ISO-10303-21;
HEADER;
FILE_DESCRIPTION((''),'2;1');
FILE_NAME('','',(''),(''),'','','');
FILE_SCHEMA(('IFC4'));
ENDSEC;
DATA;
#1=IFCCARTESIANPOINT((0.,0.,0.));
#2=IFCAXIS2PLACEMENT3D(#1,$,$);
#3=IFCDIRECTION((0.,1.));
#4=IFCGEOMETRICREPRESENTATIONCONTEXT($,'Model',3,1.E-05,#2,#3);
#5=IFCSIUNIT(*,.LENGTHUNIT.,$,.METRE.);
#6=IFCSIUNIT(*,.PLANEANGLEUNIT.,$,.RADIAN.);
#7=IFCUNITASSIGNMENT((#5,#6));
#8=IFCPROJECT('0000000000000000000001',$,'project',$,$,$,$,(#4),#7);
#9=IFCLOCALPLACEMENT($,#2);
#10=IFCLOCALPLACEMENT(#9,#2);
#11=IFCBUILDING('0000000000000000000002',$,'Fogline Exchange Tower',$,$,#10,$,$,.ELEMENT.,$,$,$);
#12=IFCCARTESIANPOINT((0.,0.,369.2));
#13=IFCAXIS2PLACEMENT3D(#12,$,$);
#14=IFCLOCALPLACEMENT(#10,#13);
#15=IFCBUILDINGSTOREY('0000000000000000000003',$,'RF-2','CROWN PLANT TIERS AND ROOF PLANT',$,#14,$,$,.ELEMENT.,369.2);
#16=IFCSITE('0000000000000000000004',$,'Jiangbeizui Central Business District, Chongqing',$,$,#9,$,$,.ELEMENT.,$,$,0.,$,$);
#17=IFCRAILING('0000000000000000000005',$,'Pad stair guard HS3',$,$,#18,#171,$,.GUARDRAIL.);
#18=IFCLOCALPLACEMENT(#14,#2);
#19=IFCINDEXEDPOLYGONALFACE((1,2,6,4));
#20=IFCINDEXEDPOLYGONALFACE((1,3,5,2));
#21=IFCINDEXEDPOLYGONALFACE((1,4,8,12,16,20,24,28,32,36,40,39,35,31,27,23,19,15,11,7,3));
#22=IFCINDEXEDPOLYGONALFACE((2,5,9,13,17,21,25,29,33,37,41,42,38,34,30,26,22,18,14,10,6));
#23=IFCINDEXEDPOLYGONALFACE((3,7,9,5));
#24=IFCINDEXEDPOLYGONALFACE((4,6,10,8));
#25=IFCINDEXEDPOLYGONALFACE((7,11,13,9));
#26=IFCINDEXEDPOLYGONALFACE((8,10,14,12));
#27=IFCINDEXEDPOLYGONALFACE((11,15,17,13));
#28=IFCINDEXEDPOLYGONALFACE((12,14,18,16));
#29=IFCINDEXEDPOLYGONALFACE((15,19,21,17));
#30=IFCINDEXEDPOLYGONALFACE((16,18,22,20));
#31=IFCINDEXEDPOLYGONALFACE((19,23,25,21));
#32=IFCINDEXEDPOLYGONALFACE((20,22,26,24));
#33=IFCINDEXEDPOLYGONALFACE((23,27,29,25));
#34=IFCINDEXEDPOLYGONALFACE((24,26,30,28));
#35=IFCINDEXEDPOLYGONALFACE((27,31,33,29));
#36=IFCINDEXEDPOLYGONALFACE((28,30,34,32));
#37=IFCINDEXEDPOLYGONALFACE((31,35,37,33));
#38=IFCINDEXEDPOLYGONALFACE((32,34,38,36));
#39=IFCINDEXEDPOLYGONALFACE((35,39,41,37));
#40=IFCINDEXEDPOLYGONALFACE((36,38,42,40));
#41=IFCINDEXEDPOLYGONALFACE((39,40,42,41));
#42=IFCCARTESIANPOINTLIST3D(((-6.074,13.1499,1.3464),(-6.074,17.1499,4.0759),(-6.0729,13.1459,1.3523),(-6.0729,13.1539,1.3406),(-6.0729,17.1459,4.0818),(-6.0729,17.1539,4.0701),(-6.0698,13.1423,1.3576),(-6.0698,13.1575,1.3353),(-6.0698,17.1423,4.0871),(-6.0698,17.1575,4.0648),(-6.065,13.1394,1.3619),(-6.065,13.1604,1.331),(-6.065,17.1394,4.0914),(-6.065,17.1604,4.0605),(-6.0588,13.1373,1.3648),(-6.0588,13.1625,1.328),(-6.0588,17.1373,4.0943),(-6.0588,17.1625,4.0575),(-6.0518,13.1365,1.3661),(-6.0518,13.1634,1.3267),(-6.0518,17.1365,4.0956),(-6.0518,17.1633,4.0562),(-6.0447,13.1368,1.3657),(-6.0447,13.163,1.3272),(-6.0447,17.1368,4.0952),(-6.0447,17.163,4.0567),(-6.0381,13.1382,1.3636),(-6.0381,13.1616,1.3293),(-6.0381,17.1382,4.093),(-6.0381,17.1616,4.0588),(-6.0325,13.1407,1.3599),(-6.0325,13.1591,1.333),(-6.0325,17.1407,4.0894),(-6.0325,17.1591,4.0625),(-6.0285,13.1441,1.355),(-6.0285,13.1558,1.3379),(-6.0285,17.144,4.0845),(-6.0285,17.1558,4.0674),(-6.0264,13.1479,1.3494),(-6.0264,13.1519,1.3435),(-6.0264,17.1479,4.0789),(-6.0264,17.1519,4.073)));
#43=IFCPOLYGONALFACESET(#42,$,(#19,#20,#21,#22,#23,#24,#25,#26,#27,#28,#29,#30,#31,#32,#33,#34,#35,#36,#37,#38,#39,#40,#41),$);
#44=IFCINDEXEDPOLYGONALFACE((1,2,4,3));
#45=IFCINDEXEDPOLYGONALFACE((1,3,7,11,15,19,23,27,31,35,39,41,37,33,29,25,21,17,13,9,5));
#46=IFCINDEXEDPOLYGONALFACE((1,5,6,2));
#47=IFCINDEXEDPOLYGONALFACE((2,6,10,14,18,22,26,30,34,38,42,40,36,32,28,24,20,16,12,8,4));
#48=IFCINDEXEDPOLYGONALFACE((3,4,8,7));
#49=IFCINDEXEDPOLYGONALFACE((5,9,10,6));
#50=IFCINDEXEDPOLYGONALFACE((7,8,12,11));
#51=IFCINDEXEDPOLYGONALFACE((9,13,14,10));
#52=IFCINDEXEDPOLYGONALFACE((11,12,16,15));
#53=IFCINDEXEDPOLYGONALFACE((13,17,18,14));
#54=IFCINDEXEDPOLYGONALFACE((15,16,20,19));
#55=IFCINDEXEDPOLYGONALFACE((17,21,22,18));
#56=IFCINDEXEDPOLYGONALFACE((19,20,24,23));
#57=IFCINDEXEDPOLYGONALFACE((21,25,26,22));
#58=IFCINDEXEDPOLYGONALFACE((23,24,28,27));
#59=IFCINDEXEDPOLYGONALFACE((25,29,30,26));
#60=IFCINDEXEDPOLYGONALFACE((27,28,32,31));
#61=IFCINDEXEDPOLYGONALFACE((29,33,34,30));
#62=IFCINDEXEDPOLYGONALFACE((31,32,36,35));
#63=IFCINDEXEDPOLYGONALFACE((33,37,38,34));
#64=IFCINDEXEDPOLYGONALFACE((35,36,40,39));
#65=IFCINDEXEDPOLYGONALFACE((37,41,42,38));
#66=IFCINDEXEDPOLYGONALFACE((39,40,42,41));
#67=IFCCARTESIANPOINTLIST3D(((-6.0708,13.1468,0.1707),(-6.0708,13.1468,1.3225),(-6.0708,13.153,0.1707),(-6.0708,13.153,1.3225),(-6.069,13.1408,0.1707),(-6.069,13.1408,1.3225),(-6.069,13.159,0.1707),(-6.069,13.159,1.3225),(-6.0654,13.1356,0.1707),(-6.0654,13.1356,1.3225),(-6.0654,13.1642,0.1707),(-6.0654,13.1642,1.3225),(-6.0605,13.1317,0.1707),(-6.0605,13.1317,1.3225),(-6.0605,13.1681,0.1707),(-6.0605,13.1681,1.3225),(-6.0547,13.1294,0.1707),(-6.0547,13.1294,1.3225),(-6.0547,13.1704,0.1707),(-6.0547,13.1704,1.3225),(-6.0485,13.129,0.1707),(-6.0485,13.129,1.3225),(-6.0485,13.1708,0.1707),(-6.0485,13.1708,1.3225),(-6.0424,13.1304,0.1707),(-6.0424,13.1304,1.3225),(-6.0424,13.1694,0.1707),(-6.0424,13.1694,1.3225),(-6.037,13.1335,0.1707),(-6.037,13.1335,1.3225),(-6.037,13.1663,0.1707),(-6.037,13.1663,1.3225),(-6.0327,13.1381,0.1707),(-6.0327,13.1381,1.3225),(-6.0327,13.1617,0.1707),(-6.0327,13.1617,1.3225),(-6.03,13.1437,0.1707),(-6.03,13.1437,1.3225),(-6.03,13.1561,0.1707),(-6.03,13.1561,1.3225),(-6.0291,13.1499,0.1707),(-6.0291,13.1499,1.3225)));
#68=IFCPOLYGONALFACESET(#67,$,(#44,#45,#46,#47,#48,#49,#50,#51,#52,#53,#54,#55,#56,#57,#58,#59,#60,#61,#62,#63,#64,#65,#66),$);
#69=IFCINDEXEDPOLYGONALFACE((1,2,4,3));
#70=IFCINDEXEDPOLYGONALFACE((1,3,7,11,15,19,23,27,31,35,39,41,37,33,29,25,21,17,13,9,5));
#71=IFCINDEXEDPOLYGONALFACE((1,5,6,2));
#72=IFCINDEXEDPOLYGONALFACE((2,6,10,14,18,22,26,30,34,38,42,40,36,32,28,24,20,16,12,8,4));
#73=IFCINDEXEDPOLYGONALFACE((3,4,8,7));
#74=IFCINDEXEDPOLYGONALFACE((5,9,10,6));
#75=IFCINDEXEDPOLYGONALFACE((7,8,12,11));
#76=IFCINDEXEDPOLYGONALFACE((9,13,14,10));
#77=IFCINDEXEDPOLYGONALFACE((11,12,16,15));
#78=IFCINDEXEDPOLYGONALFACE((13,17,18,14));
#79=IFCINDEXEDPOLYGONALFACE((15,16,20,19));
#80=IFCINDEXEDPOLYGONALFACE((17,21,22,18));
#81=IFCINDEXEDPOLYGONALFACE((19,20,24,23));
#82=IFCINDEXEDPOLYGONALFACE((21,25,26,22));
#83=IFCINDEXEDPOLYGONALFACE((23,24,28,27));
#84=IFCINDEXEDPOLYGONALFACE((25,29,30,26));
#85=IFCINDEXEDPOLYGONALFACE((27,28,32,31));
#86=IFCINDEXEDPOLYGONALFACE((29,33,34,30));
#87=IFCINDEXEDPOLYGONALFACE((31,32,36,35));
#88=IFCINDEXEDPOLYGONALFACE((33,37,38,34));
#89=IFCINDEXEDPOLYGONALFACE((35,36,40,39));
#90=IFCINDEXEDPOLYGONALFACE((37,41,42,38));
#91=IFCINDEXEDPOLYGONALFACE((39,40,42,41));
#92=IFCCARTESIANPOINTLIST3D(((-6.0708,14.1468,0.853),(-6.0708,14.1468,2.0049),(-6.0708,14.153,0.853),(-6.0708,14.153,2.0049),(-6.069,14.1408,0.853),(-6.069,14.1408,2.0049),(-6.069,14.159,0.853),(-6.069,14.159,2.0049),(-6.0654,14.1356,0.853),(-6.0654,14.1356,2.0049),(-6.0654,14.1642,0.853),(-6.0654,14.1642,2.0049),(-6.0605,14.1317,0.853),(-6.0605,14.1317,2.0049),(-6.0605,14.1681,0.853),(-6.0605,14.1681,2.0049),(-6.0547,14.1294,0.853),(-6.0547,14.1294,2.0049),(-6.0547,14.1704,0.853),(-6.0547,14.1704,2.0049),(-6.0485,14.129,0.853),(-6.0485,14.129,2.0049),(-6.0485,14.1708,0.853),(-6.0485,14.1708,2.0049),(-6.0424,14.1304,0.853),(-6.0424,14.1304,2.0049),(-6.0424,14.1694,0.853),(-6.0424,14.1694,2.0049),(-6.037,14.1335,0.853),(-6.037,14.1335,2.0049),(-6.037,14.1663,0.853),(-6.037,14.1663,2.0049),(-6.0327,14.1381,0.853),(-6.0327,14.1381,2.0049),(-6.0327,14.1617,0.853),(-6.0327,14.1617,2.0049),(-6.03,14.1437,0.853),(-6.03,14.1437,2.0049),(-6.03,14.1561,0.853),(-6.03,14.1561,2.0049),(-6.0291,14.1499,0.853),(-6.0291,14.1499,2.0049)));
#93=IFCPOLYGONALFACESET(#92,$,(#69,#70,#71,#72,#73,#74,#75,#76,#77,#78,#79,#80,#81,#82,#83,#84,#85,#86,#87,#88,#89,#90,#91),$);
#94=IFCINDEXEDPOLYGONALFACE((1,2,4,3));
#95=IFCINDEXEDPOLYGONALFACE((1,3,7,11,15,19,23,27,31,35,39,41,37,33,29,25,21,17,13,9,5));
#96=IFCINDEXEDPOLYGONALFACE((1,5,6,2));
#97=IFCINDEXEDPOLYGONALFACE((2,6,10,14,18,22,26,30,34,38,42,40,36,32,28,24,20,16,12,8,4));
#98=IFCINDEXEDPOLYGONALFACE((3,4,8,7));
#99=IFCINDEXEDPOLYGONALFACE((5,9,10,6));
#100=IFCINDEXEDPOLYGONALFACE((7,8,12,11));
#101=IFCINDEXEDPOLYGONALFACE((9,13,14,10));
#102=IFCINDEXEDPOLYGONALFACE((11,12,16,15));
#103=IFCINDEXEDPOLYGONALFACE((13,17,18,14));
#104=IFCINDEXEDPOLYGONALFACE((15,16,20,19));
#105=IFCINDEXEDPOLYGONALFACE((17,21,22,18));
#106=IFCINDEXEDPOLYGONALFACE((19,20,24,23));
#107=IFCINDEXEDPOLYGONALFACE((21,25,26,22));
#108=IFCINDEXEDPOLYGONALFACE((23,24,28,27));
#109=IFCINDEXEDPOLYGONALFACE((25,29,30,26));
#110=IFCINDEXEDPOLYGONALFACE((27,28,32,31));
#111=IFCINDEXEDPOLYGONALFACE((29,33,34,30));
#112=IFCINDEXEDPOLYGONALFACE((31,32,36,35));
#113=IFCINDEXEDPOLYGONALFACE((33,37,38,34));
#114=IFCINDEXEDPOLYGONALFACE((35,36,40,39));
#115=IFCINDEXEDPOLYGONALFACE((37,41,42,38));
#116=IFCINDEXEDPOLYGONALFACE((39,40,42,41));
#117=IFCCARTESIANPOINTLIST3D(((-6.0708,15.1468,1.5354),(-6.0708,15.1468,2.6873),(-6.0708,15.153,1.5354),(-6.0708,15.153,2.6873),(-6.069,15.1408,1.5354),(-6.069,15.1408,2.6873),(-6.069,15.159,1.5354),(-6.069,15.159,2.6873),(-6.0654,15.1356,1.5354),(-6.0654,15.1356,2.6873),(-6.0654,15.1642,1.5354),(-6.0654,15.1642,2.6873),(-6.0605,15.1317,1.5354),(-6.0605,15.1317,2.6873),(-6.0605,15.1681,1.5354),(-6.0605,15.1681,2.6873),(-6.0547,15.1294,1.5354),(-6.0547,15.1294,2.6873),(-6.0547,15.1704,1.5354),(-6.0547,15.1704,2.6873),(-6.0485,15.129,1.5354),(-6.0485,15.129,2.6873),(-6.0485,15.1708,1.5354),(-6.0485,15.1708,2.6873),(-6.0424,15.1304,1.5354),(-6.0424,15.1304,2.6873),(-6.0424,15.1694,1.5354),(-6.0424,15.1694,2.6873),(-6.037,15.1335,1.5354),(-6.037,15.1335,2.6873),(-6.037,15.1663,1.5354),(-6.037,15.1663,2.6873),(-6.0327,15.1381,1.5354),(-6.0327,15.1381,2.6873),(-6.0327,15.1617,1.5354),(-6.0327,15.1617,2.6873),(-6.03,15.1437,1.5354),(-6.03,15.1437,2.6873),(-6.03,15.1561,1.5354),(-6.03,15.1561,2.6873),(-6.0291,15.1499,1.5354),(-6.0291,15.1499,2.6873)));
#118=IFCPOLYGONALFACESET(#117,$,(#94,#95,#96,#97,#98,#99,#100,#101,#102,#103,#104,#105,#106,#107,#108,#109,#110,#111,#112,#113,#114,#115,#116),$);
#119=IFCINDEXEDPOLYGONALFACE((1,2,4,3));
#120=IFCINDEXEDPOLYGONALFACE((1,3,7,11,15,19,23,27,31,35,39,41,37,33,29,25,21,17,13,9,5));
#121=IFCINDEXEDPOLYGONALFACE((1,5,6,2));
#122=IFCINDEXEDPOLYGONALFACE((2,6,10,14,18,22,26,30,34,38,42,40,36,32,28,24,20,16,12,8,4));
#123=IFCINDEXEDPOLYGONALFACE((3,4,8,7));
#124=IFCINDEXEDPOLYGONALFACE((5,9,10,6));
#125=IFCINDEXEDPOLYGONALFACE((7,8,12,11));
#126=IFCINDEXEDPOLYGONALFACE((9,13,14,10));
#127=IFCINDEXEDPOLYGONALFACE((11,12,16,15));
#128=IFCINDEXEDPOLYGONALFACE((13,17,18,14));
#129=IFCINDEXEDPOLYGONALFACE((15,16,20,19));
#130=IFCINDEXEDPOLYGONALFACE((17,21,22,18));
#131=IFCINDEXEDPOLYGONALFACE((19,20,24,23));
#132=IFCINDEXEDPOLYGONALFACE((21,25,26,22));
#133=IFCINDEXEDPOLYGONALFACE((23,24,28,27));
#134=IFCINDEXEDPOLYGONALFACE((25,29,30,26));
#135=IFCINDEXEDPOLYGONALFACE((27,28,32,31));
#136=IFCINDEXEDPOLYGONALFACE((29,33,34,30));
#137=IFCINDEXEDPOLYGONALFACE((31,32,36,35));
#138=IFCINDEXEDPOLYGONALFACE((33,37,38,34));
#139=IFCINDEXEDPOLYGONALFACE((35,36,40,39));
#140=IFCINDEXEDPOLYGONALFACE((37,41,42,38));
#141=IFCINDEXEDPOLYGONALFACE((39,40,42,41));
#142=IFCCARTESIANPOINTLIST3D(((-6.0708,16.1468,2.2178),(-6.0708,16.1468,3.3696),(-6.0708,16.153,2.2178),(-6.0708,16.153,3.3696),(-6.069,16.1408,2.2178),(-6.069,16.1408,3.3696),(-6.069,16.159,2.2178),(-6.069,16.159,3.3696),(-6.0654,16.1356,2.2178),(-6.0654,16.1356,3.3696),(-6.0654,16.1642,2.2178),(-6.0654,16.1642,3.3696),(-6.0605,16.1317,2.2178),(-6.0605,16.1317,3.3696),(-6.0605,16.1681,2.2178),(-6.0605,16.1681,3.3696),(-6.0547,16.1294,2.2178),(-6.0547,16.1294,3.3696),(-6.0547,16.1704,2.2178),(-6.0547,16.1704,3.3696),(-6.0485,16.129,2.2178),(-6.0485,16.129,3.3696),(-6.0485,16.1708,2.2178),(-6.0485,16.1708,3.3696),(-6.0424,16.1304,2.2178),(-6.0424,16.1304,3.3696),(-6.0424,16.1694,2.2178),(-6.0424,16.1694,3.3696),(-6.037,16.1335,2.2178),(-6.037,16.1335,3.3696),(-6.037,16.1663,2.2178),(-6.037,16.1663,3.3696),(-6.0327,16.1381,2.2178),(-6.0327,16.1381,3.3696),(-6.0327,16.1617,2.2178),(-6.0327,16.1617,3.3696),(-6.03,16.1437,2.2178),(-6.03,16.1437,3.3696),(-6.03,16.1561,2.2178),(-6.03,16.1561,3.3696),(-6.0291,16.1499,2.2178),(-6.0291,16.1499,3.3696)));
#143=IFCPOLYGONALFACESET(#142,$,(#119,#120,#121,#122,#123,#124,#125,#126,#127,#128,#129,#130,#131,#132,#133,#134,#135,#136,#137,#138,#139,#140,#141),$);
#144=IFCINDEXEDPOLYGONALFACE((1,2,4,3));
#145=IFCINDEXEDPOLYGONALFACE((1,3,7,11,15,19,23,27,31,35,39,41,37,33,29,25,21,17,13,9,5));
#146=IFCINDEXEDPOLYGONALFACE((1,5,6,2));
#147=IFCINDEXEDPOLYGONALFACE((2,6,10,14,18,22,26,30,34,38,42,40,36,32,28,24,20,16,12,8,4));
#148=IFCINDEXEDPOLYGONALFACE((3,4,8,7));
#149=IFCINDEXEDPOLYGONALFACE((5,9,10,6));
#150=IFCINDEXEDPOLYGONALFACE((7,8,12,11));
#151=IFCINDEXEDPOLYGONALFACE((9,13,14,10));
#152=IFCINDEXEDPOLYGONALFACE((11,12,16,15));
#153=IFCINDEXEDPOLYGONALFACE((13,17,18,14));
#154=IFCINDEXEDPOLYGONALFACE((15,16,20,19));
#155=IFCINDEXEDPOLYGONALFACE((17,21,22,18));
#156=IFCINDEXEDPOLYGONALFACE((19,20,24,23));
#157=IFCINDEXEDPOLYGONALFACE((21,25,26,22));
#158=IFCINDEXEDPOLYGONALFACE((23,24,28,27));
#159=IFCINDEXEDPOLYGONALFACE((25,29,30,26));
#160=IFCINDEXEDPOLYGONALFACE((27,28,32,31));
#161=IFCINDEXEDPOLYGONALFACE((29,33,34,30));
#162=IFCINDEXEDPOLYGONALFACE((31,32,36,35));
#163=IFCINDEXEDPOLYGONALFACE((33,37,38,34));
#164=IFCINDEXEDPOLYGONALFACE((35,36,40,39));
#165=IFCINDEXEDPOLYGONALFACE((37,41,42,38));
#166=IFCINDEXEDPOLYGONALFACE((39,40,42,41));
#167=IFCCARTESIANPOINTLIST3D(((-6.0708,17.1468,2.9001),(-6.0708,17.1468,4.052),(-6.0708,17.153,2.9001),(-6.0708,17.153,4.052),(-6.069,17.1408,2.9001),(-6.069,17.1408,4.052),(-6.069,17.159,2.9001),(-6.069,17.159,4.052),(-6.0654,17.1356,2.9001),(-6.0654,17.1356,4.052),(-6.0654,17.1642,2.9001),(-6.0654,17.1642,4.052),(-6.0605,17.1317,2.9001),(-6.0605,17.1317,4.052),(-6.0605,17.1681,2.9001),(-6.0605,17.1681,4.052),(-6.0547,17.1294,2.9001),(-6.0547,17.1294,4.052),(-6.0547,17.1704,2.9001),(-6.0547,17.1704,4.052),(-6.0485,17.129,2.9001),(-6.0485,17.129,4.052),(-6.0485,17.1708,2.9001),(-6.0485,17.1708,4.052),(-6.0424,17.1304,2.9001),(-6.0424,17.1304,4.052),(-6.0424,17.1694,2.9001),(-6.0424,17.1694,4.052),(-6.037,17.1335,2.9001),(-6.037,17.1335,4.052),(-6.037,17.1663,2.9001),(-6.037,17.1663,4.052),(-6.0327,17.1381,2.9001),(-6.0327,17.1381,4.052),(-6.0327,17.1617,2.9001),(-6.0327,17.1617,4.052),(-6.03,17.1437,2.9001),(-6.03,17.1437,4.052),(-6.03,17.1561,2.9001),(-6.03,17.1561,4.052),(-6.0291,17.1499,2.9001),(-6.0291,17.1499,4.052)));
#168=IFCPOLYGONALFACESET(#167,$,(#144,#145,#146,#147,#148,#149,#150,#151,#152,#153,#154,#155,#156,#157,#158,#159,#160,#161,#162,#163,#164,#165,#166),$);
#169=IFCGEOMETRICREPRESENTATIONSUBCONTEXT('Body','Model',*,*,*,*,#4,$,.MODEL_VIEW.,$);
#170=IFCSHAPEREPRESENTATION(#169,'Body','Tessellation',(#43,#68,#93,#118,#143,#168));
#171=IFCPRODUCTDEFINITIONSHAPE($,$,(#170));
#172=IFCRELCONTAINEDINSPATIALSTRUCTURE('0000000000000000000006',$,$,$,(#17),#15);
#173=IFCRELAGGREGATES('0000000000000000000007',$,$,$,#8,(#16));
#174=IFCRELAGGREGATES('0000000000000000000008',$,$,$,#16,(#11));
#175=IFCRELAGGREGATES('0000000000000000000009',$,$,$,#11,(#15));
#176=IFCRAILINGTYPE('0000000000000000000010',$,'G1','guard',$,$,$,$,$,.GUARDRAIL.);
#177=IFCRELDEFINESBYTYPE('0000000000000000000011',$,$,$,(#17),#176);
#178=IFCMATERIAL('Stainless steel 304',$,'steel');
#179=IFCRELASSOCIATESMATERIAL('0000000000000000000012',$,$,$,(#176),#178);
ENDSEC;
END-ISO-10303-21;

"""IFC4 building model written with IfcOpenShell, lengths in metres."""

from ifc_helpers import new_model, si_unit, direction, frame, origin, origin_2d, place, context, subcontext, project, spatial, circle, extrude, material, type_object, element, save


model = new_model("IFC4")

# Units and contexts
model_context = context("Model", 3, precision=1e-05, world=origin(), true_north=direction((0.0, 1.0)))
body_context = subcontext(model_context, "Body", "Model", "MODEL_VIEW")
ifc_project = project(units=[si_unit("LENGTHUNIT", "METRE"), si_unit("PLANEANGLEUNIT", "RADIAN")], contexts=[model_context])

# Site, building, storey
site_placement = place(None, origin())
site = spatial("IfcSite", under=ifc_project, at=site_placement, Name="Jiangbeizui Central Business District, Chongqing", CompositionType="ELEMENT", RefElevation=0.0)
building_placement = place(site_placement, origin())
building = spatial("IfcBuilding", under=site, at=building_placement, Name="Fogline Exchange Tower", CompositionType="ELEMENT")
storey_placement = place(building_placement, frame((0.0, 0.0, 369.2)))
storey = spatial("IfcBuildingStorey", under=building, at=storey_placement, Name="RF-2", Description="CROWN PLANT TIERS AND ROOF PLANT", CompositionType="ELEMENT", Elevation=369.2)

# Railing
ifc_material_1 = material(Name="Stainless steel 304", Category="steel")
railing_type_1 = type_object("IfcRailingType", Name="G1", Description="guard", PredefinedType="GUARDRAIL", material=ifc_material_1)
railing_1_placement = place(storey_placement, frame((-6.05, 13.1499, 0.1707)))
element("IfcRailing", 1, at=railing_1_placement, inside=storey, type_object=railing_type_1, Name="Pad stair guard HS3", PredefinedType="GUARDRAIL", context=body_context, shape_type="SweptSolid", body=[
    extrude(circle(Radius=0.0239, at=origin_2d()), frame((0.0, 0.0, 1.1758), z_axis=(0.0, 0.826014, 0.56365), x_axis=(-1.0, 0.0, 0.0)), (0.0, 0.0, 1.0), 4.8425),
    extrude(circle(Radius=0.021, at=origin_2d()), origin(), (0.0, 0.0, 1.0), 1.1519),
    extrude(circle(Radius=0.021, at=origin_2d()), frame((0.0, 1.0, 0.6824)), (0.0, 0.0, 1.0), 1.1519),
    extrude(circle(Radius=0.021, at=origin_2d()), frame((0.0, 2.0, 1.3647)), (0.0, 0.0, 1.0), 1.1519),
    extrude(circle(Radius=0.021, at=origin_2d()), frame((0.0, 3.0, 2.0471)), (0.0, 0.0, 1.0), 1.1519),
    extrude(circle(Radius=0.021, at=origin_2d()), frame((0.0, 4.0, 2.7295)), (0.0, 0.0, 1.0), 1.1519),
])

save(model, "model.ifc")
